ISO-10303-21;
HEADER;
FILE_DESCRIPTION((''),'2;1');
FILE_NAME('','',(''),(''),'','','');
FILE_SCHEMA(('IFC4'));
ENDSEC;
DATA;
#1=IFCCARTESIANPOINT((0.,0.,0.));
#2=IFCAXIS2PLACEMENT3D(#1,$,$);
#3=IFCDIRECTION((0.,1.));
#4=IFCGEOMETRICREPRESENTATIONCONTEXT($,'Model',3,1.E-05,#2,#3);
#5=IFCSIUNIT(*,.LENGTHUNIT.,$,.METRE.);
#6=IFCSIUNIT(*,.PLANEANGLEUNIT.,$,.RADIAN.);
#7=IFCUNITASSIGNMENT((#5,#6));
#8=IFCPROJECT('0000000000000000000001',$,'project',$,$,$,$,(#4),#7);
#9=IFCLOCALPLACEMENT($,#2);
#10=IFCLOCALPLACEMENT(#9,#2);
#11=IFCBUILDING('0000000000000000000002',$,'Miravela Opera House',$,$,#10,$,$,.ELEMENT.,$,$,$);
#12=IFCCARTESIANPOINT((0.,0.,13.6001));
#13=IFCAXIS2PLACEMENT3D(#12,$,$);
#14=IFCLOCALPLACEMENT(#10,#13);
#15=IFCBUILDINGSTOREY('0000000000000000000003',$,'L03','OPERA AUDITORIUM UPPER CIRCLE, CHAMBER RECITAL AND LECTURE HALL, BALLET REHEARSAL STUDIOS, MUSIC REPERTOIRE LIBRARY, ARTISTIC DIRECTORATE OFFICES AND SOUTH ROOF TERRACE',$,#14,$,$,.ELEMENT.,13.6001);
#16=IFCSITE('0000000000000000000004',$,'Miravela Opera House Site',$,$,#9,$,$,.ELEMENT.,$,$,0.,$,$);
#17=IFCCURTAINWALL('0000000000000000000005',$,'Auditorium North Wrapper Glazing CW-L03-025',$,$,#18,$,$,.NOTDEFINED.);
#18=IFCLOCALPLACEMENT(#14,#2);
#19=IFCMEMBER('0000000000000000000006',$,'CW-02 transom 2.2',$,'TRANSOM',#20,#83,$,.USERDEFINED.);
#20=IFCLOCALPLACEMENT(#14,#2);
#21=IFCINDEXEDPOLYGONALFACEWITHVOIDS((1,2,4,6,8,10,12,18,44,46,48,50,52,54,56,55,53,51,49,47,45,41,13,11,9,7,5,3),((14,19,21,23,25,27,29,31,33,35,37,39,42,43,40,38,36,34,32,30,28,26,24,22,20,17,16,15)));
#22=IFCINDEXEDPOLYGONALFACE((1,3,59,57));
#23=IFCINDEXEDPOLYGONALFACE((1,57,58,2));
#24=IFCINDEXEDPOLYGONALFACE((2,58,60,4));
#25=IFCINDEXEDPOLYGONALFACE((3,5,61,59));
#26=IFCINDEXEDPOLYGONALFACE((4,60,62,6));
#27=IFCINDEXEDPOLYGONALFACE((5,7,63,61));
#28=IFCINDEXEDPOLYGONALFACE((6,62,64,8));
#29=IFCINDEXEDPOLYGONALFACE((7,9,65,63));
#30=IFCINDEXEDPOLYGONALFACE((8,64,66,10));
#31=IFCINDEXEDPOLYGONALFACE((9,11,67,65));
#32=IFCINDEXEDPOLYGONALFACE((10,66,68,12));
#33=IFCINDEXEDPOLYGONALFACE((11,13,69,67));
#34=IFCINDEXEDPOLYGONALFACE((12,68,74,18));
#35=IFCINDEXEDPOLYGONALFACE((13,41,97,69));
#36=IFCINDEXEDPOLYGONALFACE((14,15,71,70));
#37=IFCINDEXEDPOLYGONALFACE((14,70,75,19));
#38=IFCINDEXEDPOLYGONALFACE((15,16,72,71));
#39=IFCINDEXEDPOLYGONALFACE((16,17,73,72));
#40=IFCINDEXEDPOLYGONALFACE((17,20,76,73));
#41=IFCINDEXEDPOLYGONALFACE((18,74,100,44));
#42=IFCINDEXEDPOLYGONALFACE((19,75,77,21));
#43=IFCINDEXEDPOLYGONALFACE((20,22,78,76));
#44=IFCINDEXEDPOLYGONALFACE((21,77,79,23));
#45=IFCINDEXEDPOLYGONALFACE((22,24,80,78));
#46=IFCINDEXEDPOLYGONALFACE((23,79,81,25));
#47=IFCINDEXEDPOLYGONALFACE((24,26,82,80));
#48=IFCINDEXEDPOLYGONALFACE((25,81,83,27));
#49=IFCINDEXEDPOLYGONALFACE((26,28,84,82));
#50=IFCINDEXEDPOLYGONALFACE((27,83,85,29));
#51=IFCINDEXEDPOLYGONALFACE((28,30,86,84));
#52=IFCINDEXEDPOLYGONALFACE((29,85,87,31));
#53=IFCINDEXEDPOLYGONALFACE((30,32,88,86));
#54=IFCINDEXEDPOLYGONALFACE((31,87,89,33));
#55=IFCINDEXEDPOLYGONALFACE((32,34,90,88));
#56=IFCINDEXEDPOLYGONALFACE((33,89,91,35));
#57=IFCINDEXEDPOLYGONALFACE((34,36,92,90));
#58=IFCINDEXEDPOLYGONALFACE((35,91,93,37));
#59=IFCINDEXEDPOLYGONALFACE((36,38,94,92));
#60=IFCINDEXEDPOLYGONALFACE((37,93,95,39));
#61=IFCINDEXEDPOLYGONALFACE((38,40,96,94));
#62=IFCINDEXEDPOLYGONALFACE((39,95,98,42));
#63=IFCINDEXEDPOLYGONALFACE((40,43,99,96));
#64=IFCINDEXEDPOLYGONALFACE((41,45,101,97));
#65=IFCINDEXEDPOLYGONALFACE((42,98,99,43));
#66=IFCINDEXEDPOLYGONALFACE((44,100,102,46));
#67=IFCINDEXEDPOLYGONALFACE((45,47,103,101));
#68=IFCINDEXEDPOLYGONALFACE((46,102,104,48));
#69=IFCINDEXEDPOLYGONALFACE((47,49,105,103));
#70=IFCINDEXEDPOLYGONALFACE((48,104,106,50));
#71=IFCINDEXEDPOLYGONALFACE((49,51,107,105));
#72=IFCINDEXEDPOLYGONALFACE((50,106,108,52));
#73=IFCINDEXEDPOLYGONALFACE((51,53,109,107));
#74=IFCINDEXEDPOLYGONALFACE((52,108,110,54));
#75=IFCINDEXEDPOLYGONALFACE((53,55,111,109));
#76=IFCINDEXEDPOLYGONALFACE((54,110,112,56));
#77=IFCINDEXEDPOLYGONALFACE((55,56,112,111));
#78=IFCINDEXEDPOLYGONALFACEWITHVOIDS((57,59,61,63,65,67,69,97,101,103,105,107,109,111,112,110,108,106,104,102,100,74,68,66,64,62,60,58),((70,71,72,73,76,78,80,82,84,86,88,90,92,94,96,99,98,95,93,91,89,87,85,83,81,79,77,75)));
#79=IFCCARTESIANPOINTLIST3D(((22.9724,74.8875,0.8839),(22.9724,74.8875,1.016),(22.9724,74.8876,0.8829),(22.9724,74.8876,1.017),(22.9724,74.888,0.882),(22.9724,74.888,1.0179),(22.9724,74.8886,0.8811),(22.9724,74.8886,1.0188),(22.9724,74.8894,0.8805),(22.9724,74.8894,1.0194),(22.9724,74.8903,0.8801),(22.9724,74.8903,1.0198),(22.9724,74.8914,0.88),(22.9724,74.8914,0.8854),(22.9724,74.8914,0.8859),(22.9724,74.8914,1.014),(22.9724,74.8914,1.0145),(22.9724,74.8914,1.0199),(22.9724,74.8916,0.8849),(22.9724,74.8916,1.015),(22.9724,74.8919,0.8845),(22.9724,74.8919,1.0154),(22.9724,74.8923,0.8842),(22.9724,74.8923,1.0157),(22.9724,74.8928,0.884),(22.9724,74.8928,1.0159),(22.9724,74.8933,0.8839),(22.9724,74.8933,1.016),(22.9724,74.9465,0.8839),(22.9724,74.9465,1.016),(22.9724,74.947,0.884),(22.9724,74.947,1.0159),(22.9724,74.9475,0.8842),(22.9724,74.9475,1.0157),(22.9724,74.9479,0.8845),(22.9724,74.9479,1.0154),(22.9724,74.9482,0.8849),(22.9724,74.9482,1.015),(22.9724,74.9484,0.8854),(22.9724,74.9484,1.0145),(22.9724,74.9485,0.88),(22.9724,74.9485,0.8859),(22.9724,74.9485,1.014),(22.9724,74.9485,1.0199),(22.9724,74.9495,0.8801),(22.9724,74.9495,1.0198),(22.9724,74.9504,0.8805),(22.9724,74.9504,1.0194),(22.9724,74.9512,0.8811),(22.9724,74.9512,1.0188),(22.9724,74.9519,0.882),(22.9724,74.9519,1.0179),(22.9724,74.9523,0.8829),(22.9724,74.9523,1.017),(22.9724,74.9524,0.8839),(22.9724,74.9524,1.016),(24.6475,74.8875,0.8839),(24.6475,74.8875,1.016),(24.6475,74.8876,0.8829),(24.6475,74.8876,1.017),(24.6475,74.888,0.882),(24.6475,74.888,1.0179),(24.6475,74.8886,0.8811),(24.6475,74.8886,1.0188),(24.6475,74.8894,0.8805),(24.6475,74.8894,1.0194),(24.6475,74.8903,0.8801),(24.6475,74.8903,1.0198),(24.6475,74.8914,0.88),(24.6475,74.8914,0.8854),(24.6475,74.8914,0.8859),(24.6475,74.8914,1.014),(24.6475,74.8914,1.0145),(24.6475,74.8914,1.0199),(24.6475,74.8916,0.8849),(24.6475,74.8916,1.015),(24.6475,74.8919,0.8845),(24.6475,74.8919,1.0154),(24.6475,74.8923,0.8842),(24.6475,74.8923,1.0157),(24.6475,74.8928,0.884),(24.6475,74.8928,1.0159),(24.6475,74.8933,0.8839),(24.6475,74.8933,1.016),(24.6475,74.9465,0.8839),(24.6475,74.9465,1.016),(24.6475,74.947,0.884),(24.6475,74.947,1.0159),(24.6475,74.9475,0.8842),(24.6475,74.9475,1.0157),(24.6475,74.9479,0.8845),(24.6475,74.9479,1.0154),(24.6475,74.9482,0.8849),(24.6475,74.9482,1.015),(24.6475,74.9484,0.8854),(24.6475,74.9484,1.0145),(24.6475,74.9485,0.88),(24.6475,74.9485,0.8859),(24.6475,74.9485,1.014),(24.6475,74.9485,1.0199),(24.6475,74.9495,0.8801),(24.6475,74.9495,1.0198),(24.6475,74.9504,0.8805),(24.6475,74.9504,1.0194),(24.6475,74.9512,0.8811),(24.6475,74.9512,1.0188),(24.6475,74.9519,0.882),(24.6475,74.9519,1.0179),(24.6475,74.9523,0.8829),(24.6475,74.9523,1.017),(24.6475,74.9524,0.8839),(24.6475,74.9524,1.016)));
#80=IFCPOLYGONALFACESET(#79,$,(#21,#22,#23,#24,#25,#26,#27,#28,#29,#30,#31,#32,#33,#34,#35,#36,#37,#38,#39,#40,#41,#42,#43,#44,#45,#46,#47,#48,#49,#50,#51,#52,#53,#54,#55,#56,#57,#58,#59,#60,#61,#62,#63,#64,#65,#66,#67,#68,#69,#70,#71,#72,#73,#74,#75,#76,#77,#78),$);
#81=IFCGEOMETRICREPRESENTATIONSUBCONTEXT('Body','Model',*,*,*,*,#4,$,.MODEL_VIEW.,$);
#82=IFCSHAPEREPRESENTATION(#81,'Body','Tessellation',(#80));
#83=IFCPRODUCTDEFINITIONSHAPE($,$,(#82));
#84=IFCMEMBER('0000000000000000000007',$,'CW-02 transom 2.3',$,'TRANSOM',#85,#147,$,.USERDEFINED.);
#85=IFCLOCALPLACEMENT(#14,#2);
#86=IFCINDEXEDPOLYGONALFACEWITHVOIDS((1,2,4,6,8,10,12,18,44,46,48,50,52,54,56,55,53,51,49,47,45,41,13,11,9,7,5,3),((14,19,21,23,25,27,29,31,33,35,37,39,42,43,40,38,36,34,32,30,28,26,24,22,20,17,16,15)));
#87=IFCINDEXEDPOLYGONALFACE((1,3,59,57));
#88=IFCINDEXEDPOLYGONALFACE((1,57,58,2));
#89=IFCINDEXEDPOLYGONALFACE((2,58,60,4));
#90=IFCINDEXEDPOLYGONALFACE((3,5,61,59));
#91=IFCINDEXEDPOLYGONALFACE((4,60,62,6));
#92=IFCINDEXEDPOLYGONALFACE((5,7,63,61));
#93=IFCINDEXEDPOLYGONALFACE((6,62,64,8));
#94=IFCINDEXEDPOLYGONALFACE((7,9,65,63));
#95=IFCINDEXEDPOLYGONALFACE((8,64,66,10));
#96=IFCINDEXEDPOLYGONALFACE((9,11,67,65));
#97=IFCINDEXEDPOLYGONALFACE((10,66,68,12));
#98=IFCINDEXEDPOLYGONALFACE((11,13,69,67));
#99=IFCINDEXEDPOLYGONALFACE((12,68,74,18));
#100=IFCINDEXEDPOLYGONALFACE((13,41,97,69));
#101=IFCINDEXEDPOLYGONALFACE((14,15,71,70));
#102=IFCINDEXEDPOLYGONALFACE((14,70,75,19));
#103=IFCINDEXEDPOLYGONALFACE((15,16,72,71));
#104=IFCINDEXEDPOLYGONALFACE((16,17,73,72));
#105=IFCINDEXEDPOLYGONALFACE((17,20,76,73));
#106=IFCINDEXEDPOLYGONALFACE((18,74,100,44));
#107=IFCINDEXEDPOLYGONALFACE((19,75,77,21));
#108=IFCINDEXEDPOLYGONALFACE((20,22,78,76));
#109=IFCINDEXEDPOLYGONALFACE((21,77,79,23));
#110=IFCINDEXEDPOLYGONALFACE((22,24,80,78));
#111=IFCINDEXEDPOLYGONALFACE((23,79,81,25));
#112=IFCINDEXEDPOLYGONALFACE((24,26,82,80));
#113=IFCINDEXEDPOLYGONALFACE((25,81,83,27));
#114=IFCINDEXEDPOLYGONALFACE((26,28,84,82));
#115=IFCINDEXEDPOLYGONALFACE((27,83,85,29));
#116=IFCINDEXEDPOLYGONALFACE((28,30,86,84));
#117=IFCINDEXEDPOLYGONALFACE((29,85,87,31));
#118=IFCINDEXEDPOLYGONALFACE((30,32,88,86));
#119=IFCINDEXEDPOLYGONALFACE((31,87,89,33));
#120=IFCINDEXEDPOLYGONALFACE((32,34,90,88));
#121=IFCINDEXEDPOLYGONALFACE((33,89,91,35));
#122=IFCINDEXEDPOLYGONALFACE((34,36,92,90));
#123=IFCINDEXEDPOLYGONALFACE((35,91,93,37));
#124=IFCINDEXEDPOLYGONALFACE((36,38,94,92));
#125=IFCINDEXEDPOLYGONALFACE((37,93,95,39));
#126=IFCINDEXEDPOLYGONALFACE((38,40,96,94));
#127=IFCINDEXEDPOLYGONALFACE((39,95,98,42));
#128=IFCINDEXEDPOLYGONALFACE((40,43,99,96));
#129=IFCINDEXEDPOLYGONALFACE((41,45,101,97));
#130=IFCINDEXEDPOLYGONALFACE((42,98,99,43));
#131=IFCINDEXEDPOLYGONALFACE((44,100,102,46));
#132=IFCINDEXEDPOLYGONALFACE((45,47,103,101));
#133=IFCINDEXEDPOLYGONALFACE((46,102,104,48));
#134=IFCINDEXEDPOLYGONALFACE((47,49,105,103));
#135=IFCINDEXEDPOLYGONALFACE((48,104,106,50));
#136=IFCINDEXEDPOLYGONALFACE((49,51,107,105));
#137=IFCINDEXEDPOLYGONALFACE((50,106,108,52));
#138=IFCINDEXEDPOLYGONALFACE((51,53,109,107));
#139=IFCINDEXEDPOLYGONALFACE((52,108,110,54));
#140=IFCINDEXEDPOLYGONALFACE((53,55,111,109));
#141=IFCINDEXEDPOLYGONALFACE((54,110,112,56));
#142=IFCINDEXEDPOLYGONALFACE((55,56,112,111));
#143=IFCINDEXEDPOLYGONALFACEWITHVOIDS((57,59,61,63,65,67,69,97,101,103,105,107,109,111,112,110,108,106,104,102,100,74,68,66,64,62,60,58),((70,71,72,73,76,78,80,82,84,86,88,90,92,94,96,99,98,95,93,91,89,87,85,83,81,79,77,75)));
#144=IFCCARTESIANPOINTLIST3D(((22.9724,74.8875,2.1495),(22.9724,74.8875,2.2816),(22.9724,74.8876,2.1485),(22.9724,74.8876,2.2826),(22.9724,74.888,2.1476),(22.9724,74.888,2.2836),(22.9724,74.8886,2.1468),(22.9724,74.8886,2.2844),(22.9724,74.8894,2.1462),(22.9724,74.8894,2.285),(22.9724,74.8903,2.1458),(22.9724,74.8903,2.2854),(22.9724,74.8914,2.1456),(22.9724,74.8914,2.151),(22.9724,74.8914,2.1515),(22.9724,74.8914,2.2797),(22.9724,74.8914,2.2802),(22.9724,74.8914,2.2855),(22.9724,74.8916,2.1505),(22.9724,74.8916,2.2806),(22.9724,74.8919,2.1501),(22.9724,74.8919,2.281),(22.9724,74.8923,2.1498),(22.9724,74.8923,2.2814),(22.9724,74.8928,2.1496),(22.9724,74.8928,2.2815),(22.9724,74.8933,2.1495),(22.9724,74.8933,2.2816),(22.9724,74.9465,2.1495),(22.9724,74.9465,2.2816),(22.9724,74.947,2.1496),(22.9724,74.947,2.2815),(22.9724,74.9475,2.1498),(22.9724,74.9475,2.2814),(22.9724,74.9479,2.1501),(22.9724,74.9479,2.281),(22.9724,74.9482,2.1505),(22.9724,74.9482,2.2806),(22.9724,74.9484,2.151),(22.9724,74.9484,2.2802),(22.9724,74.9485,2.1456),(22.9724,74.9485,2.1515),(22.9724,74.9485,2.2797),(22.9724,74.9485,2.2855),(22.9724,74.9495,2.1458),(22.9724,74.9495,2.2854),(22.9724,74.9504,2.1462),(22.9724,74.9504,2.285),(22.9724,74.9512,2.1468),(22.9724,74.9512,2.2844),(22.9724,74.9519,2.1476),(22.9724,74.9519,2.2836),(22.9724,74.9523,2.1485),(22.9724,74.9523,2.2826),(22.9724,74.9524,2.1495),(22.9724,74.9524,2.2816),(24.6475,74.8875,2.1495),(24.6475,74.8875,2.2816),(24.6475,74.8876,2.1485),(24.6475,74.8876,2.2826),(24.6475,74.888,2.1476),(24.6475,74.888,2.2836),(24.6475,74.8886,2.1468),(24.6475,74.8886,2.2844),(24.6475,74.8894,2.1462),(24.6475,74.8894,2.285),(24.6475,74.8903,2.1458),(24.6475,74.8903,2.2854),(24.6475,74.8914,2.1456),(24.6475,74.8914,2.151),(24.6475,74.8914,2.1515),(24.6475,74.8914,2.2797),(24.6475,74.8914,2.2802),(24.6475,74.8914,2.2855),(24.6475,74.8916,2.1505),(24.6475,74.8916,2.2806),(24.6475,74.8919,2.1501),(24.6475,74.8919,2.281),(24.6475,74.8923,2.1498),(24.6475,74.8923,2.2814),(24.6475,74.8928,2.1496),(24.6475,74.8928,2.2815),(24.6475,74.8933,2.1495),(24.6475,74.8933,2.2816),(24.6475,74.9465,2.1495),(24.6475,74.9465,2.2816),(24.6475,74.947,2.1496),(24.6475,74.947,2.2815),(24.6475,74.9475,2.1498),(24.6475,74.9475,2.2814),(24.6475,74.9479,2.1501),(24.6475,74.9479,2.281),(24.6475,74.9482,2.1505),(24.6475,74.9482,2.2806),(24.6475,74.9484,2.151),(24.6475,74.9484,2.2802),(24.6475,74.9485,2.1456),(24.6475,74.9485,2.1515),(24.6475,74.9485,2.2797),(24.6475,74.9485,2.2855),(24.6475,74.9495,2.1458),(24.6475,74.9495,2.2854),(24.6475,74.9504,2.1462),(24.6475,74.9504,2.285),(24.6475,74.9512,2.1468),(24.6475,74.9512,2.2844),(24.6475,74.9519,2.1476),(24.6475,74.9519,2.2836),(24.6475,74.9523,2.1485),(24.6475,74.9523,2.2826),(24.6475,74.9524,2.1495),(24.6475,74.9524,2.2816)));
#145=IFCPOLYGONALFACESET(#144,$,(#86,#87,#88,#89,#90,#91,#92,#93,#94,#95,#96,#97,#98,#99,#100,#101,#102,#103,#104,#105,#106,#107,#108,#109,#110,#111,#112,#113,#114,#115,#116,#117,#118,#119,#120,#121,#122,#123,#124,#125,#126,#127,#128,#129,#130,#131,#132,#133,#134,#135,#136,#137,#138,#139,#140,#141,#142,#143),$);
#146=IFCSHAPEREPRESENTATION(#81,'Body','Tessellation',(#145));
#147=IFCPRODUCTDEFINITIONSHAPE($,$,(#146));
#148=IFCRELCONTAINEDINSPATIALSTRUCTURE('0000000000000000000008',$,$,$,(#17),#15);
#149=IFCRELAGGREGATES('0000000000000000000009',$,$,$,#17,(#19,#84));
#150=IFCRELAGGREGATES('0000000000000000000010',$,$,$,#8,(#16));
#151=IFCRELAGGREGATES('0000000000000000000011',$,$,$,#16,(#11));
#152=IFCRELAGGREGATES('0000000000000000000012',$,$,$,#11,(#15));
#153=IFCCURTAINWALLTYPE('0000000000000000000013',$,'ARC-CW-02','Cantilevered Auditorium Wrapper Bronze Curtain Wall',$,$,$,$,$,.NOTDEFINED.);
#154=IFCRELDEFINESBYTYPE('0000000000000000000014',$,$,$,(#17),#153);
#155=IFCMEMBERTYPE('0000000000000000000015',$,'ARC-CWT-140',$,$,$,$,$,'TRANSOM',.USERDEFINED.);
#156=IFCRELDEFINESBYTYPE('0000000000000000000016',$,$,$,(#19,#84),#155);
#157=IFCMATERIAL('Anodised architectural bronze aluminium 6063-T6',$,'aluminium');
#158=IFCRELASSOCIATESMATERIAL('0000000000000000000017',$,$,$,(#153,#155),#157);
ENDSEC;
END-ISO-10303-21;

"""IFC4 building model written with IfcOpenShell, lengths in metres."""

from ifc_helpers import new_model, si_unit, direction, frame, origin, origin_2d, place, context, subcontext, project, spatial, hollow_rectangle, extrude, material, material_profile, profile_set, type_object, element, aggregate, save


model = new_model("IFC4")

# Units and contexts
model_context = context("Model", 3, precision=1e-05, world=origin(), true_north=direction((0.0, 1.0)))
body_context = subcontext(model_context, "Body", "Model", "MODEL_VIEW")
ifc_project = project(units=[si_unit("LENGTHUNIT", "METRE"), si_unit("PLANEANGLEUNIT", "RADIAN")], contexts=[model_context])

# Site, building, storey
site_placement = place(None, origin())
site = spatial("IfcSite", under=ifc_project, at=site_placement, Name="Miravela Opera House Site", CompositionType="ELEMENT", RefElevation=0.0)
building_placement = place(site_placement, origin())
building = spatial("IfcBuilding", under=site, at=building_placement, Name="Miravela Opera House", CompositionType="ELEMENT")
storey_placement = place(building_placement, frame((0.0, 0.0, 13.6001)))
storey = spatial("IfcBuildingStorey", under=building, at=storey_placement, Name="L03", Description="OPERA AUDITORIUM UPPER CIRCLE, CHAMBER RECITAL AND LECTURE HALL, BALLET REHEARSAL STUDIOS, MUSIC REPERTOIRE LIBRARY, ARTISTIC DIRECTORATE OFFICES AND SOUTH ROOF TERRACE", CompositionType="ELEMENT", Elevation=13.6001)

# Shared definitions
ifc_material_1 = material(Name="Anodised architectural bronze aluminium 6063-T6", Category="aluminium")
curtain_wall_type = type_object("IfcCurtainWallType", Name="ARC-CW-02", Description="Cantilevered Auditorium Wrapper Bronze Curtain Wall", PredefinedType="NOTDEFINED", material=ifc_material_1)

# Curtain wall, members
curtain_wall_1_placement = place(storey_placement, origin())
curtain_wall_1 = element("IfcCurtainWall", 1, at=curtain_wall_1_placement, inside=storey, type_object=curtain_wall_type, Name="Auditorium North Wrapper Glazing CW-L03-025", PredefinedType="NOTDEFINED")
ifc_material_profile_1 = material_profile(ifc_material_1, hollow_rectangle(XDim=0.0649, YDim=0.1399, WallThickness=0.0039, InnerFilletRadius=0.002, OuterFilletRadius=0.0039, at=origin_2d()), Name="CWT-65X140")
ifc_profile_set_1 = profile_set([ifc_material_profile_1])
member_type_1 = type_object("IfcMemberType", Name="ARC-CWT-140", ElementType="TRANSOM", PredefinedType="USERDEFINED", material=ifc_profile_set_1)
member_1_placement = place(storey_placement, frame((22.9724, 74.9199, 0.95), z_axis=(1.0, 0.0, 0.0), x_axis=(0.0, 1.0, 0.0)))
member_1 = element("IfcMember", 2, at=member_1_placement, type_object=member_type_1, Name="CW-02 transom 2.2", ObjectType="TRANSOM", PredefinedType="USERDEFINED", context=body_context, shape_type="SweptSolid", body=[
    extrude(hollow_rectangle(XDim=0.0649, YDim=0.1399, WallThickness=0.0039, InnerFilletRadius=0.002, OuterFilletRadius=0.0039, at=origin_2d()), origin(), (0.0, 0.0, 1.0), 1.675),
])
member_2_placement = place(storey_placement, frame((22.9724, 74.9199, 2.2156), z_axis=(1.0, 0.0, 0.0), x_axis=(0.0, 1.0, 0.0)))
member_2 = element("IfcMember", 3, at=member_2_placement, type_object=member_type_1, Name="CW-02 transom 2.3", ObjectType="TRANSOM", PredefinedType="USERDEFINED", context=body_context, shape_type="SweptSolid", body=[
    extrude(hollow_rectangle(XDim=0.0649, YDim=0.1399, WallThickness=0.0039, InnerFilletRadius=0.002, OuterFilletRadius=0.0039, at=origin_2d()), origin(), (0.0, 0.0, 1.0), 1.675),
])

aggregate(curtain_wall_1, [member_1, member_2])

save(model, "model.ifc")
